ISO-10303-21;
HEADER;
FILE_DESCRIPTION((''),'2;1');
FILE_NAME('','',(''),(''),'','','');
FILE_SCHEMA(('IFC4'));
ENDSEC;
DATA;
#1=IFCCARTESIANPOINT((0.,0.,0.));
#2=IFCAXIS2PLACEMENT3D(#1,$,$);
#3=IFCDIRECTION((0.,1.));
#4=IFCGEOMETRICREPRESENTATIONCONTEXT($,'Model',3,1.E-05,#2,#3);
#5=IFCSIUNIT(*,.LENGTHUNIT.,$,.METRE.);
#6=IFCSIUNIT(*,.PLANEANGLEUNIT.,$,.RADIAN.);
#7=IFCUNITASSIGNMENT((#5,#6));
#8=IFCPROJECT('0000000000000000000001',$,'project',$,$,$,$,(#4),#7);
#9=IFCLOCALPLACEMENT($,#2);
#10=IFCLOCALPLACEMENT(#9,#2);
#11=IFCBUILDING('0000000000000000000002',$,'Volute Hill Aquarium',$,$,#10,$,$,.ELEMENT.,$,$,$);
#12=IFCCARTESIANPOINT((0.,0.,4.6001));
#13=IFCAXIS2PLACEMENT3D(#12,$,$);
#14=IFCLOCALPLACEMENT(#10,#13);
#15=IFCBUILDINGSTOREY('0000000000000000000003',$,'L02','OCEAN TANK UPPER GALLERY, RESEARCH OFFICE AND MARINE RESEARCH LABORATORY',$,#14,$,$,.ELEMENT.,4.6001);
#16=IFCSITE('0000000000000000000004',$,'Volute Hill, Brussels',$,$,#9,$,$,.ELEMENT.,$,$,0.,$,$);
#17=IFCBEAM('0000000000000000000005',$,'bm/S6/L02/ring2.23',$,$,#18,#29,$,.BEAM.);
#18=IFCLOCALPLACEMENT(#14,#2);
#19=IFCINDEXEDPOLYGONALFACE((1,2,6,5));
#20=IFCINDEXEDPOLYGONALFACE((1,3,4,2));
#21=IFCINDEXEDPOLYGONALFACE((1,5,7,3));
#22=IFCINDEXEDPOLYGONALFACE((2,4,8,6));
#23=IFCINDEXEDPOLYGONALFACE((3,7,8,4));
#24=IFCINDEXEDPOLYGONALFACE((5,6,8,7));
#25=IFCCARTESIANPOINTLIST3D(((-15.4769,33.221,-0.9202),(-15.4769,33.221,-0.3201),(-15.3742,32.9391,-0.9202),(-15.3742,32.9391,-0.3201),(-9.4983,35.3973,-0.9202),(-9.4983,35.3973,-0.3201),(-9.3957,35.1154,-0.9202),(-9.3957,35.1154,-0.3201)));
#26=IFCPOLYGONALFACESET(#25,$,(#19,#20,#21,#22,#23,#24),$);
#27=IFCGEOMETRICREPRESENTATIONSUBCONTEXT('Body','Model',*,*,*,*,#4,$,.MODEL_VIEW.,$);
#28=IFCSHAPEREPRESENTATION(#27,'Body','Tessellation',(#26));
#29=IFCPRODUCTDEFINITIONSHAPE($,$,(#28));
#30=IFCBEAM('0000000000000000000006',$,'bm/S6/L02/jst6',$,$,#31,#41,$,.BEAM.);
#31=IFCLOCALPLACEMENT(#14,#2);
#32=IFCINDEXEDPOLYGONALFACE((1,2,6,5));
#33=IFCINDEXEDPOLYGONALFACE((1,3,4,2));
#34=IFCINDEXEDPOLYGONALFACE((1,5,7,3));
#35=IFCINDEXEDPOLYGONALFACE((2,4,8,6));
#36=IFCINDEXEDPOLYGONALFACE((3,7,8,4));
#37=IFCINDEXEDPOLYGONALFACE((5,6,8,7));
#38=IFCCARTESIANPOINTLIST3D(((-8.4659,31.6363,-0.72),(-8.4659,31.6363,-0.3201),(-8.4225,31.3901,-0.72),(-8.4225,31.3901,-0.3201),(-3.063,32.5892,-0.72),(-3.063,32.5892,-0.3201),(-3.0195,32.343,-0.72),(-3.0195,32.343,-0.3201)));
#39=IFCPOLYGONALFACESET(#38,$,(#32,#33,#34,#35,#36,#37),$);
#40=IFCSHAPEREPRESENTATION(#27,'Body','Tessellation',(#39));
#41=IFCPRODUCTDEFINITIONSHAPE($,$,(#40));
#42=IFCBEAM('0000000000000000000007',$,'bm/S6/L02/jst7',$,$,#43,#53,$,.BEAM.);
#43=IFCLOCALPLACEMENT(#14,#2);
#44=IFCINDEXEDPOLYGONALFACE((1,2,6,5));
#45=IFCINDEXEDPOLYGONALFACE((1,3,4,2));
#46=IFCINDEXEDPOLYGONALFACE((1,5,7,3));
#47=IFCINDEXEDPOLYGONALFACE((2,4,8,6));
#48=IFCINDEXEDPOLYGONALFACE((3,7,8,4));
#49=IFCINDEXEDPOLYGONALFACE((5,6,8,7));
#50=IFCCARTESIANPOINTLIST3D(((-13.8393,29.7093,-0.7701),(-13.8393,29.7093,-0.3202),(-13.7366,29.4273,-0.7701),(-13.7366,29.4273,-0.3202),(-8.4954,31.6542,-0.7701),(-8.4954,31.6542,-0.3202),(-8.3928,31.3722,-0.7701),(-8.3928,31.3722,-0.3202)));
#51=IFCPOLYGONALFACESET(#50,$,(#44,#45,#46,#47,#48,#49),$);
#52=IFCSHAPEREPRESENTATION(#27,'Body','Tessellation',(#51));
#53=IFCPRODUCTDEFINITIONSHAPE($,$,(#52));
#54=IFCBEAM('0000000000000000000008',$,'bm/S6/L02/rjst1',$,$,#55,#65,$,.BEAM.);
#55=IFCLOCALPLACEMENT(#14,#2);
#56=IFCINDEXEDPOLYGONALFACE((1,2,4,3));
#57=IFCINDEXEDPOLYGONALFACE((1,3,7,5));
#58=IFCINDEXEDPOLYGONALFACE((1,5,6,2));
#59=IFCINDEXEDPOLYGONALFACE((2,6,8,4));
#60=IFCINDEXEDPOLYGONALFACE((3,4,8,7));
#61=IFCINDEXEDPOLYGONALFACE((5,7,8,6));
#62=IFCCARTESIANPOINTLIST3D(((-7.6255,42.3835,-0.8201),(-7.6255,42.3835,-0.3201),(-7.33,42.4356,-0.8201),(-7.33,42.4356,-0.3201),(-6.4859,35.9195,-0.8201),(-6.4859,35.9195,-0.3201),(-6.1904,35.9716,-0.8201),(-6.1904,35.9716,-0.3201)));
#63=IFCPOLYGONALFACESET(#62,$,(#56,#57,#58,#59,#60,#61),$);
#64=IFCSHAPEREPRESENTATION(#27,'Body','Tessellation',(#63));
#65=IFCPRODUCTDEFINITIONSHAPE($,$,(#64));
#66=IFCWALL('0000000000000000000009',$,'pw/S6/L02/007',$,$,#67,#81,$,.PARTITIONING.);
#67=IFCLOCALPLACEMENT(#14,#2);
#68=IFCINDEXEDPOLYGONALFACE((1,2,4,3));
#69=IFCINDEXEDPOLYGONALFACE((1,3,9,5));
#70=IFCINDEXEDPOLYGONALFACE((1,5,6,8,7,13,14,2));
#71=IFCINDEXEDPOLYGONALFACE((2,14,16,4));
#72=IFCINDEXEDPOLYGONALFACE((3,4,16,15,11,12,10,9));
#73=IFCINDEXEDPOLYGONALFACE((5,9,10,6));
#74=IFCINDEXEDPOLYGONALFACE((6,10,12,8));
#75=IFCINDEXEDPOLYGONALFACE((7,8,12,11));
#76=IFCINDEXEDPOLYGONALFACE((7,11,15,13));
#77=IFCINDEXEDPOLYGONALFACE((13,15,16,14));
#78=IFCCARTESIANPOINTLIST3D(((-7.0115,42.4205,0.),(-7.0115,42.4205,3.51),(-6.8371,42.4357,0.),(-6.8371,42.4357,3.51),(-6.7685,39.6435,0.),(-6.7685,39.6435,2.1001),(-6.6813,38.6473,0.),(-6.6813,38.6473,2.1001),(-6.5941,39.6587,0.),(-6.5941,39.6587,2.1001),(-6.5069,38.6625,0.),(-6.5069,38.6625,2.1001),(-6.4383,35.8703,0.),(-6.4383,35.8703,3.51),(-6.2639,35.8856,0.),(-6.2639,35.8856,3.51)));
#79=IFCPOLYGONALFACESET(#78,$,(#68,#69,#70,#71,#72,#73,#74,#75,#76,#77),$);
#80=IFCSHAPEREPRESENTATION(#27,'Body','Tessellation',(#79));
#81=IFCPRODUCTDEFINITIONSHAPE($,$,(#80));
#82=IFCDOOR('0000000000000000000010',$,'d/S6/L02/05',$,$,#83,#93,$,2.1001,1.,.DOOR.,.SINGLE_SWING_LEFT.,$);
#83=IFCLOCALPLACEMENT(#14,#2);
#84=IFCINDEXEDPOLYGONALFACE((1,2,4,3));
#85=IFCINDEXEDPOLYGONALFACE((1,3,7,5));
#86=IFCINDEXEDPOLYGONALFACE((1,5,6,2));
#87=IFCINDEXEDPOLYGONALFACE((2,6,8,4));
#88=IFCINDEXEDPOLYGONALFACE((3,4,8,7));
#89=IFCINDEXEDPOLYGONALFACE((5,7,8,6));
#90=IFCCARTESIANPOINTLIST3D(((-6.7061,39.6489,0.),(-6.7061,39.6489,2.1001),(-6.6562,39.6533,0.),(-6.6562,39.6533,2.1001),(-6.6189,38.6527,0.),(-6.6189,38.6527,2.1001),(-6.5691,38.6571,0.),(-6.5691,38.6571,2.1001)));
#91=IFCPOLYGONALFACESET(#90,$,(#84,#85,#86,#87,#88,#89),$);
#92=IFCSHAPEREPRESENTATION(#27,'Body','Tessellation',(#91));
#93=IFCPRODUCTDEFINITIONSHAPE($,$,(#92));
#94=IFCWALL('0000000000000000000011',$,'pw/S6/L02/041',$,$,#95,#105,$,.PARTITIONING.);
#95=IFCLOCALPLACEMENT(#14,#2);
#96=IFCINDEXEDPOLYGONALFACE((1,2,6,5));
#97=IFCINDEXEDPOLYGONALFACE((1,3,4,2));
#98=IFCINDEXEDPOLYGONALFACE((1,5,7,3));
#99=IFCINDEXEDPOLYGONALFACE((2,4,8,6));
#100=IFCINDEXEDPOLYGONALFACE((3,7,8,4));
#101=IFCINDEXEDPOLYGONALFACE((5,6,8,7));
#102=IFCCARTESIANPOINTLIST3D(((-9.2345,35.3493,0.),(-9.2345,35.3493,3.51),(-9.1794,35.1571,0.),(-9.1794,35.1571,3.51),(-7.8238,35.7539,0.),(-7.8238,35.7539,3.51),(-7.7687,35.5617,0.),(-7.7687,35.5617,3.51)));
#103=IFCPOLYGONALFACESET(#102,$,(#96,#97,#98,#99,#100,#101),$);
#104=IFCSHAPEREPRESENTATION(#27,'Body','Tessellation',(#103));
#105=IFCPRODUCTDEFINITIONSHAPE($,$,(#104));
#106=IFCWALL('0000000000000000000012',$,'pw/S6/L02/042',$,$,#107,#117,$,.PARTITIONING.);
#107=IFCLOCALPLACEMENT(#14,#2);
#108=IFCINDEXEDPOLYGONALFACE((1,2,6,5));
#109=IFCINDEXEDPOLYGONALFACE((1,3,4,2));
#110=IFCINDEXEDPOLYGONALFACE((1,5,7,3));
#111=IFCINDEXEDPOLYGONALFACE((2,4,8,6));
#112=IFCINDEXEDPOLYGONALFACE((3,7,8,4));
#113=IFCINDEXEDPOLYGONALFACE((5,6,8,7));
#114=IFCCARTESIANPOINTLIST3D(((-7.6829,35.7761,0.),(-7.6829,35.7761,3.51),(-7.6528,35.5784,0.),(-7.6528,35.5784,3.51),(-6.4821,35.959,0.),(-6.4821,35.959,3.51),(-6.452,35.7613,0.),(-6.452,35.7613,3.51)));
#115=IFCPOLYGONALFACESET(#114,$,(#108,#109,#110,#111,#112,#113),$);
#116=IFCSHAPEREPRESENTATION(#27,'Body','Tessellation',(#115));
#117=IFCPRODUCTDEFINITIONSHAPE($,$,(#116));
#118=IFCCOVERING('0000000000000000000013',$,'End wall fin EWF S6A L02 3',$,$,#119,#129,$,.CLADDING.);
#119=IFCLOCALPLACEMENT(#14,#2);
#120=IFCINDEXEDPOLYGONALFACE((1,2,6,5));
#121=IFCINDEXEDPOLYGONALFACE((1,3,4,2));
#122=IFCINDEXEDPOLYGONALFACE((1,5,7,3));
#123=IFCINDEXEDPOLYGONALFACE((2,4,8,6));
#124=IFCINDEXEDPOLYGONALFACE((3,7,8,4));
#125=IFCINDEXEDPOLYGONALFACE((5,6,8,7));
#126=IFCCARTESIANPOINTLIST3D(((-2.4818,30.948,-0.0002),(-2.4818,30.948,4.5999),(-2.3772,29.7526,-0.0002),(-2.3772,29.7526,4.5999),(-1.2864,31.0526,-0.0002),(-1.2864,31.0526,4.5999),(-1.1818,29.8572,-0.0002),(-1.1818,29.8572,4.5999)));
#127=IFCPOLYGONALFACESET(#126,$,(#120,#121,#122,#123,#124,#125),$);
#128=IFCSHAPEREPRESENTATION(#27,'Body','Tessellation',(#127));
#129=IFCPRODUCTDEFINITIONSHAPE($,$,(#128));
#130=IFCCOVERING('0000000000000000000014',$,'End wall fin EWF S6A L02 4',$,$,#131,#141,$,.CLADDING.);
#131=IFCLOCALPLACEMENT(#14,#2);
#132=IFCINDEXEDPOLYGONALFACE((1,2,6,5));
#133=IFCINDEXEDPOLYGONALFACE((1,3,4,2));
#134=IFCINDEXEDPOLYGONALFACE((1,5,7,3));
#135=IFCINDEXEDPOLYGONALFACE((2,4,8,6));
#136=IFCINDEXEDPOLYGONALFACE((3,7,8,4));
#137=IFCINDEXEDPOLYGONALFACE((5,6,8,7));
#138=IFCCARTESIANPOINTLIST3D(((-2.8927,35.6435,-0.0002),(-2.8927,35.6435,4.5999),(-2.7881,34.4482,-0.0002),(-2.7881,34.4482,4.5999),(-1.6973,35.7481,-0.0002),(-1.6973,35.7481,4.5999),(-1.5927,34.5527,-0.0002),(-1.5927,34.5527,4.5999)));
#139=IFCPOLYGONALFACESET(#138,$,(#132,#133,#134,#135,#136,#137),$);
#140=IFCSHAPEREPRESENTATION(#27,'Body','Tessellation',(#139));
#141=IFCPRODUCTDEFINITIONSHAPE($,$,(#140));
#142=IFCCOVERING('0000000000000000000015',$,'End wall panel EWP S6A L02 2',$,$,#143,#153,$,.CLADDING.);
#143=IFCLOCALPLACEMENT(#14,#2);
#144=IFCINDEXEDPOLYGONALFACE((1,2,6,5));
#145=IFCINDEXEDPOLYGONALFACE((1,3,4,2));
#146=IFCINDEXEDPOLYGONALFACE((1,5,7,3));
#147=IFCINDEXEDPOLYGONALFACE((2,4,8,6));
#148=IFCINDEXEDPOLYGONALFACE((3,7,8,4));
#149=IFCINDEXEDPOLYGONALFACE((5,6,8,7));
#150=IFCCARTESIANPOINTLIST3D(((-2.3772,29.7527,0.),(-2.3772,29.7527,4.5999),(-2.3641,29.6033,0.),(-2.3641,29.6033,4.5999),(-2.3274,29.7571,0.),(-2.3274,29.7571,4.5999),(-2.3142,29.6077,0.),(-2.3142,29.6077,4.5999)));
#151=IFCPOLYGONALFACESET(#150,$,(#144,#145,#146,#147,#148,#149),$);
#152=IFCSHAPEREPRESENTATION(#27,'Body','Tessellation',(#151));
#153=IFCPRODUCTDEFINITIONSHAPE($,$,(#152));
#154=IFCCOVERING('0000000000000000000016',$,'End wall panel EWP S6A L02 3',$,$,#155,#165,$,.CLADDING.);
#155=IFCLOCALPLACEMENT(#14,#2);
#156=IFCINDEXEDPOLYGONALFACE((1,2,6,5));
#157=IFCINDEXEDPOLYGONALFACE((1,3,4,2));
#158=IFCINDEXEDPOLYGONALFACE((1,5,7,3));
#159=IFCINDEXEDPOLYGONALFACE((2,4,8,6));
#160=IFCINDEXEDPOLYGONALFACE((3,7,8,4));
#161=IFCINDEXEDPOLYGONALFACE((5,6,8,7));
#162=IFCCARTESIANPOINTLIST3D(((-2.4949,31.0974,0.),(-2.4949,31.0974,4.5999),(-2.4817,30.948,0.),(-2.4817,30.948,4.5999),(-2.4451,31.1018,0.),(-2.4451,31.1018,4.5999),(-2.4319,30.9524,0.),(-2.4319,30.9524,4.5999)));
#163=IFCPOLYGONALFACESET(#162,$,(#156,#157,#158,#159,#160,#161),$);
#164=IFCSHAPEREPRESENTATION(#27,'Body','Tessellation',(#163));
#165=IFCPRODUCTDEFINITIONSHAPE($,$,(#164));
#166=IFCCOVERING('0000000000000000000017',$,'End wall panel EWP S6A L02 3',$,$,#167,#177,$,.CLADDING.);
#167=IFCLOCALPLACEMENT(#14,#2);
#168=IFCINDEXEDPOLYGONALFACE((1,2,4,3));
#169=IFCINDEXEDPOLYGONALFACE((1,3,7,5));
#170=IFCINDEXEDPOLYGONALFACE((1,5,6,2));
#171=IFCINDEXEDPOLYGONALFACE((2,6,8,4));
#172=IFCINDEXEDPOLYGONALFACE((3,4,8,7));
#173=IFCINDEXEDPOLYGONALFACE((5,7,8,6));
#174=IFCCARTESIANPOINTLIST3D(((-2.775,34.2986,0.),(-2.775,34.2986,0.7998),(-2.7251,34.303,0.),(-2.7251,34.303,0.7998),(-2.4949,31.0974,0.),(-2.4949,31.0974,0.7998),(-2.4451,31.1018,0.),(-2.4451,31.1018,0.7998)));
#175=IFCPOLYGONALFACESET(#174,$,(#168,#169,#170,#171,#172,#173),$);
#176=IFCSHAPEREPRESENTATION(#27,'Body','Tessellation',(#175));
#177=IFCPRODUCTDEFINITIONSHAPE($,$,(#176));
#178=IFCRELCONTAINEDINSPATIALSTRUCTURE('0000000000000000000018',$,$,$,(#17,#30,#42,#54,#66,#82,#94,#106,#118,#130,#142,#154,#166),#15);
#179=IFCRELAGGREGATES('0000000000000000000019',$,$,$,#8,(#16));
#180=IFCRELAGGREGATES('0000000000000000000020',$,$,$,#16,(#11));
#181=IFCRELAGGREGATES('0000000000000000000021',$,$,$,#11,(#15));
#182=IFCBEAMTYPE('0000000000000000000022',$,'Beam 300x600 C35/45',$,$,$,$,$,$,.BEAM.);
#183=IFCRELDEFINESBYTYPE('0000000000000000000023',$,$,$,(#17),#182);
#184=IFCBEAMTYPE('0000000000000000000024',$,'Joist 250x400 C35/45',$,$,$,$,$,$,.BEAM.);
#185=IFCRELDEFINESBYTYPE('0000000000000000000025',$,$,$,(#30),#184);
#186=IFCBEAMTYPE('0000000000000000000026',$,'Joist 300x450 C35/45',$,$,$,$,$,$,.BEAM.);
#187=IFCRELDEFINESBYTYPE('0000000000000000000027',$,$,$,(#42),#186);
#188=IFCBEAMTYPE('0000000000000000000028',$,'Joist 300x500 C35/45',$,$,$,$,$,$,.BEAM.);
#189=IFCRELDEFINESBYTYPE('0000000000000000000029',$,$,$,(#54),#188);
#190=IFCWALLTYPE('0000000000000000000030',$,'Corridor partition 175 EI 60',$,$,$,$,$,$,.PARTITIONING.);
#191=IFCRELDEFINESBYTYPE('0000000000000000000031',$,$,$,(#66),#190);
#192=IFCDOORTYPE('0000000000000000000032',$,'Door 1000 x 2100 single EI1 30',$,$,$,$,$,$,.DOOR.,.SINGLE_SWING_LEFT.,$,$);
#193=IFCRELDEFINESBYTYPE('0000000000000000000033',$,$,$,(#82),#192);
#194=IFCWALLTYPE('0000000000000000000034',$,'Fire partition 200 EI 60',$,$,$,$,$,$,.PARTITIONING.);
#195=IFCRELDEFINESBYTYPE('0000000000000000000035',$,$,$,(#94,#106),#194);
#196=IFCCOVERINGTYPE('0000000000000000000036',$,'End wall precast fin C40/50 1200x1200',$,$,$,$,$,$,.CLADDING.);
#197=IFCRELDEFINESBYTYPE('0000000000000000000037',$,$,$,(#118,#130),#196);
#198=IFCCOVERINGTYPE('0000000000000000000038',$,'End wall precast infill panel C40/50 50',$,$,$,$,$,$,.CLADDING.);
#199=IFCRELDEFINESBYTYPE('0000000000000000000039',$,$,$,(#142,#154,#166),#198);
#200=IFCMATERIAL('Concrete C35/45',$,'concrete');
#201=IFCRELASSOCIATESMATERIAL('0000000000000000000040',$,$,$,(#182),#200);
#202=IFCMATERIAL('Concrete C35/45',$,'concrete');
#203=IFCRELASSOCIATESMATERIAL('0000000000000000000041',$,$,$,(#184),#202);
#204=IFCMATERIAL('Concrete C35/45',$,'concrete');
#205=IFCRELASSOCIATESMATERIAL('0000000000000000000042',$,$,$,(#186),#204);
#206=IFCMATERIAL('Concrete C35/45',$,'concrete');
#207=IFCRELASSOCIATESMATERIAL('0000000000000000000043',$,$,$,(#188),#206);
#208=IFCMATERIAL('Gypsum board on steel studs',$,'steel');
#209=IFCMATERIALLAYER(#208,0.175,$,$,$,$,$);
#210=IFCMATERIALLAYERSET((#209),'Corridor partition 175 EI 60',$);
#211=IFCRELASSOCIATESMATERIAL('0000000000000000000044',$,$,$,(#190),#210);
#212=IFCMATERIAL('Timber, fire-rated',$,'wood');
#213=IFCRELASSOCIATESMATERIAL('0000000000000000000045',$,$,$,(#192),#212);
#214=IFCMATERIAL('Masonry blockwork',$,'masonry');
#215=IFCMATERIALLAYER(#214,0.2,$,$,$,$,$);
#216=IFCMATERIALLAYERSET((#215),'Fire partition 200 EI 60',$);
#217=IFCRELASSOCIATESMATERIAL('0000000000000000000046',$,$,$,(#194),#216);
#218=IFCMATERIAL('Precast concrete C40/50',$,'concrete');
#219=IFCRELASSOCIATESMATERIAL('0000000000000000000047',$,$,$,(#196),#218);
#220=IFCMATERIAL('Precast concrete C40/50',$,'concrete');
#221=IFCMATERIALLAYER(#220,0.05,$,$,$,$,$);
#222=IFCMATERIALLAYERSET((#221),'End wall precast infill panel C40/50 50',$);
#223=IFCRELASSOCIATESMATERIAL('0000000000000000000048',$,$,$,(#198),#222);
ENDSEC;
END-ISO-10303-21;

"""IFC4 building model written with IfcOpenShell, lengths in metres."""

from ifc_helpers import new_model, si_unit, direction, frame, frame_2d, origin, origin_2d, place, context, subcontext, project, spatial, polyline, rectangle, outline, extrude, material, layer, layer_set, material_profile, profile_set, type_object, element, fill, save


model = new_model("IFC4")

# Units and contexts
model_context = context("Model", 3, precision=1e-05, world=origin(), true_north=direction((0.0, 1.0)))
body_context = subcontext(model_context, "Body", "Model", "MODEL_VIEW")
ifc_project = project(units=[si_unit("LENGTHUNIT", "METRE"), si_unit("PLANEANGLEUNIT", "RADIAN")], contexts=[model_context])

# Site, building, storey
site_placement = place(None, origin())
site = spatial("IfcSite", under=ifc_project, at=site_placement, Name="Volute Hill, Brussels", CompositionType="ELEMENT", RefElevation=0.0)
building_placement = place(site_placement, origin())
building = spatial("IfcBuilding", under=site, at=building_placement, Name="Volute Hill Aquarium", CompositionType="ELEMENT")
storey_placement = place(building_placement, frame((0.0, 0.0, 4.6001)))
storey = spatial("IfcBuildingStorey", under=building, at=storey_placement, Name="L02", Description="OCEAN TANK UPPER GALLERY, RESEARCH OFFICE AND MARINE RESEARCH LABORATORY", CompositionType="ELEMENT", Elevation=4.6001)

# Beams
ifc_material_1 = material(Name="Concrete C35/45", Category="concrete")
ifc_material_profile_1 = material_profile(ifc_material_1, rectangle(XDim=0.3, YDim=0.6001, at=origin_2d()), Name="RC beam 300x600")
ifc_profile_set_1 = profile_set([ifc_material_profile_1], Name="Concrete C35/45")
beam_type_1 = type_object("IfcBeamType", Name="Beam 300x600 C35/45", PredefinedType="BEAM", material=ifc_profile_set_1)
beam_1_placement = place(storey_placement, frame((-9.447, 35.2563, -0.6201), z_axis=(-0.939679, -0.342057, 0.0), x_axis=(0.342057, -0.939679, 0.0)))
element("IfcBeam", 1, at=beam_1_placement, inside=storey, type_object=beam_type_1, Name="bm/S6/L02/ring2.23", PredefinedType="BEAM", context=body_context, shape_type="SweptSolid", body=[
    extrude(rectangle(XDim=0.3, YDim=0.6001, at=origin_2d()), origin(), (0.0, 0.0, 1.0), 6.3623),
])
ifc_material_2 = material(Name="Concrete C35/45", Category="concrete")
ifc_material_profile_2 = material_profile(ifc_material_2, rectangle(XDim=0.25, YDim=0.3999, at=origin_2d()), Name="RC joist 250x400")
ifc_profile_set_2 = profile_set([ifc_material_profile_2], Name="Concrete C35/45")
beam_type_2 = type_object("IfcBeamType", Name="Joist 250x400 C35/45", PredefinedType="BEAM", material=ifc_profile_set_2)
beam_2_placement = place(storey_placement, frame((-3.0413, 32.4661, -0.52), z_axis=(-0.984801, -0.173686, 0.0), x_axis=(0.173686, -0.984801, 0.0)))
element("IfcBeam", 2, at=beam_2_placement, inside=storey, type_object=beam_type_2, Name="bm/S6/L02/jst6", PredefinedType="BEAM", context=body_context, shape_type="SweptSolid", body=[
    extrude(rectangle(XDim=0.25, YDim=0.3999, at=origin_2d()), origin(), (0.0, 0.0, 1.0), 5.4863),
])
ifc_material_3 = material(Name="Concrete C35/45", Category="concrete")
ifc_material_profile_3 = material_profile(ifc_material_3, rectangle(XDim=0.3, YDim=0.45, at=origin_2d()), Name="RC joist 300x450")
ifc_profile_set_3 = profile_set([ifc_material_profile_3], Name="Concrete C35/45")
beam_type_3 = type_object("IfcBeamType", Name="Joist 300x450 C35/45", PredefinedType="BEAM", material=ifc_profile_set_3)
beam_3_placement = place(storey_placement, frame((-8.4441, 31.5132, -0.5452), z_axis=(-0.939701, -0.341998, 0.0), x_axis=(0.341998, -0.939701, 0.0)))
element("IfcBeam", 3, at=beam_3_placement, inside=storey, type_object=beam_type_3, Name="bm/S6/L02/jst7", PredefinedType="BEAM", context=body_context, shape_type="SweptSolid", body=[
    extrude(rectangle(XDim=0.3, YDim=0.45, at=origin_2d()), origin(), (0.0, 0.0, 1.0), 5.6868),
])
ifc_material_4 = material(Name="Concrete C35/45", Category="concrete")
ifc_material_profile_4 = material_profile(ifc_material_4, rectangle(XDim=0.3, YDim=0.5, at=origin_2d()), Name="RC joist 300x500")
ifc_profile_set_4 = profile_set([ifc_material_profile_4], Name="Concrete C35/45")
beam_type_4 = type_object("IfcBeamType", Name="Joist 300x500 C35/45", PredefinedType="BEAM", material=ifc_profile_set_4)
beam_4_placement = place(storey_placement, frame((-6.3381, 35.9456, -0.5701), z_axis=(-0.173626, 0.984812, 0.0), x_axis=(-0.984812, -0.173626, 0.0)))
element("IfcBeam", 4, at=beam_4_placement, inside=storey, type_object=beam_type_4, Name="bm/S6/L02/rjst1", PredefinedType="BEAM", context=body_context, shape_type="SweptSolid", body=[
    extrude(rectangle(XDim=0.3, YDim=0.5, at=origin_2d()), origin(), (0.0, 0.0, 1.0), 6.5637),
])

# Wall, opening, door
ifc_material_5 = material(Name="Gypsum board on steel studs", Category="steel")
ifc_layer_1 = layer(ifc_material_5, 0.175)
ifc_layer_set_1 = layer_set([ifc_layer_1], Name="Corridor partition 175 EI 60")
wall_type_1 = type_object("IfcWallType", Name="Corridor partition 175 EI 60", PredefinedType="PARTITIONING", material=ifc_layer_set_1)
wall_1_placement = place(storey_placement, frame((-6.3511, 35.8779, 0.0), z_axis=(0.0, 0.0, 1.0), x_axis=(-0.087184, 0.996192, 0.0)))
wall_1 = element("IfcWall", 5, at=wall_1_placement, inside=storey, type_object=wall_type_1, Name="pw/S6/L02/007", PredefinedType="PARTITIONING", context=body_context, shape_type="SweptSolid", body=[
    extrude(rectangle(XDim=6.5752, YDim=0.175, at=frame_2d((3.2876, 0.0))), origin(), (0.0, 0.0, 1.0), 3.51),
])
opening_1_placement = place(wall_1_placement, frame((2.7876, 0.0, 0.0)))
opening_1 = element("IfcOpeningElement", 6, at=opening_1_placement, cuts=wall_1, PredefinedType="OPENING", context=body_context, shape_type="SweptSolid", body=[
    extrude(rectangle(XDim=1.0, YDim=2.1001, at=frame_2d((0.5, 1.05))), frame((0.0, 0.0974, 0.0), z_axis=(0.0, -1.0, 0.0), x_axis=(1.0, 0.0, 0.0)), (0.0, 0.0, 1.0), 0.1951),
])
ifc_material_6 = material(Name="Timber, fire-rated", Category="wood")
door_type_1 = type_object("IfcDoorType", Name="Door 1000 x 2100 single EI1 30", OperationType="SINGLE_SWING_LEFT", PredefinedType="DOOR", material=ifc_material_6)
door_1_placement = place(opening_1_placement, origin())
door_1 = element("IfcDoor", 7, at=door_1_placement, inside=storey, type_object=door_type_1, Name="d/S6/L02/05", OperationType="SINGLE_SWING_LEFT", OverallHeight=2.1001, OverallWidth=1.0, PredefinedType="DOOR", context=body_context, shape_type="SweptSolid", body=[
    extrude(rectangle(XDim=1.0, YDim=2.1001, at=frame_2d((0.5, 1.05))), frame((0.0, 0.0249, 0.0), z_axis=(0.0, -1.0, 0.0), x_axis=(1.0, 0.0, 0.0)), (0.0, 0.0, 1.0), 0.05),
])
fill(opening_1, door_1)
ifc_material_7 = material(Name="Masonry blockwork", Category="masonry")
ifc_layer_2 = layer(ifc_material_7, 0.2)
ifc_layer_set_2 = layer_set([ifc_layer_2], Name="Fire partition 200 EI 60")
wall_type_2 = type_object("IfcWallType", Name="Fire partition 200 EI 60", PredefinedType="PARTITIONING", material=ifc_layer_set_2)

# Walls
wall_2_placement = place(storey_placement, frame((-9.207, 35.2532, 0.0), z_axis=(0.0, 0.0, 1.0), x_axis=(0.961254, 0.275666, 0.0)))
element("IfcWall", 8, at=wall_2_placement, inside=storey, type_object=wall_type_2, Name="pw/S6/L02/041", PredefinedType="PARTITIONING", context=body_context, shape_type="SweptSolid", body=[
    extrude(rectangle(XDim=1.4675, YDim=0.2, at=frame_2d((0.7339, 0.0))), origin(), (0.0, 0.0, 1.0), 3.51),
])
wall_3_placement = place(storey_placement, frame((-7.668, 35.6772, 0.0), z_axis=(0.0, 0.0, 1.0), x_axis=(0.988601, 0.150562, 0.0)))
element("IfcWall", 9, at=wall_3_placement, inside=storey, type_object=wall_type_2, Name="pw/S6/L02/042", PredefinedType="PARTITIONING", context=body_context, shape_type="SweptSolid", body=[
    extrude(rectangle(XDim=1.2146, YDim=0.2, at=frame_2d((0.6074, 0.0))), origin(), (0.0, 0.0, 1.0), 3.51),
])

# Coverings
ifc_material_8 = material(Name="Precast concrete C40/50", Category="concrete")
covering_type_1 = type_object("IfcCoveringType", Name="End wall precast fin C40/50 1200x1200", PredefinedType="CLADDING", material=ifc_material_8)
for number, where, z_axis, x_axis, name in (
    (10, (-1.8318, 30.4026, -0.0002), (0.0, 0.0, 1.0), (-0.087155, 0.996195, 0.0), "End wall fin EWF S6A L02 3"),
    (11, (-2.2427, 35.0981, -0.0002), (0.0, 0.0, 1.0), (-0.087155, 0.996195, 0.0), "End wall fin EWF S6A L02 4"),
):
    element("IfcCovering", number, at=place(storey_placement, frame(where, z_axis=z_axis, x_axis=x_axis)), inside=storey, type_object=covering_type_1, Name=name, PredefinedType="CLADDING", context=body_context, shape_type="SweptSolid", body=[
        extrude(rectangle(XDim=1.2, YDim=1.2, at=origin_2d()), origin(), (0.0, 0.0, 1.0), 4.6001),
    ])
ifc_material_9 = material(Name="Precast concrete C40/50", Category="concrete")
ifc_layer_3 = layer(ifc_material_9, 0.05)
ifc_layer_set_3 = layer_set([ifc_layer_3], Name="End wall precast infill panel C40/50 50")
covering_type_2 = type_object("IfcCoveringType", Name="End wall precast infill panel C40/50 50", PredefinedType="CLADDING", material=ifc_layer_set_3)
for number, where, z_axis, x_axis, name in (
    (12, (-2.3142, 29.6077, 0.0), (0.99613, 0.087894, 0.0), (-0.087894, 0.99613, 0.0), "End wall panel EWP S6A L02 2"),
    (13, (-2.4319, 30.9524, 0.0), (0.99613, 0.087894, 0.0), (-0.087894, 0.99613, 0.0), "End wall panel EWP S6A L02 3"),
):
    element("IfcCovering", number, at=place(storey_placement, frame(where, z_axis=z_axis, x_axis=x_axis)), inside=storey, type_object=covering_type_2, Name=name, PredefinedType="CLADDING", context=body_context, shape_type="SweptSolid", body=[
        extrude(outline(polyline([(0.0, 0.0), (0.15, 0.0), (0.15, 4.5999), (0.0, 4.5999), (0.0, 0.0)])), origin(), (0.0, 0.0, -1.0), 0.05),
    ])
covering_1_placement = place(storey_placement, frame((-2.4451, 31.1018, 0.0), z_axis=(0.996196, 0.087144, 0.0), x_axis=(-0.087144, 0.996196, 0.0)))
element("IfcCovering", 14, at=covering_1_placement, inside=storey, type_object=covering_type_2, Name="End wall panel EWP S6A L02 3", PredefinedType="CLADDING", context=body_context, shape_type="SweptSolid", body=[
    extrude(outline(polyline([(0.0, 0.0), (3.2134, 0.0), (3.2134, 0.7998), (0.0, 0.7998), (0.0, 0.0)])), origin(), (0.0, 0.0, -1.0), 0.05),
])

save(model, "model.ifc")
